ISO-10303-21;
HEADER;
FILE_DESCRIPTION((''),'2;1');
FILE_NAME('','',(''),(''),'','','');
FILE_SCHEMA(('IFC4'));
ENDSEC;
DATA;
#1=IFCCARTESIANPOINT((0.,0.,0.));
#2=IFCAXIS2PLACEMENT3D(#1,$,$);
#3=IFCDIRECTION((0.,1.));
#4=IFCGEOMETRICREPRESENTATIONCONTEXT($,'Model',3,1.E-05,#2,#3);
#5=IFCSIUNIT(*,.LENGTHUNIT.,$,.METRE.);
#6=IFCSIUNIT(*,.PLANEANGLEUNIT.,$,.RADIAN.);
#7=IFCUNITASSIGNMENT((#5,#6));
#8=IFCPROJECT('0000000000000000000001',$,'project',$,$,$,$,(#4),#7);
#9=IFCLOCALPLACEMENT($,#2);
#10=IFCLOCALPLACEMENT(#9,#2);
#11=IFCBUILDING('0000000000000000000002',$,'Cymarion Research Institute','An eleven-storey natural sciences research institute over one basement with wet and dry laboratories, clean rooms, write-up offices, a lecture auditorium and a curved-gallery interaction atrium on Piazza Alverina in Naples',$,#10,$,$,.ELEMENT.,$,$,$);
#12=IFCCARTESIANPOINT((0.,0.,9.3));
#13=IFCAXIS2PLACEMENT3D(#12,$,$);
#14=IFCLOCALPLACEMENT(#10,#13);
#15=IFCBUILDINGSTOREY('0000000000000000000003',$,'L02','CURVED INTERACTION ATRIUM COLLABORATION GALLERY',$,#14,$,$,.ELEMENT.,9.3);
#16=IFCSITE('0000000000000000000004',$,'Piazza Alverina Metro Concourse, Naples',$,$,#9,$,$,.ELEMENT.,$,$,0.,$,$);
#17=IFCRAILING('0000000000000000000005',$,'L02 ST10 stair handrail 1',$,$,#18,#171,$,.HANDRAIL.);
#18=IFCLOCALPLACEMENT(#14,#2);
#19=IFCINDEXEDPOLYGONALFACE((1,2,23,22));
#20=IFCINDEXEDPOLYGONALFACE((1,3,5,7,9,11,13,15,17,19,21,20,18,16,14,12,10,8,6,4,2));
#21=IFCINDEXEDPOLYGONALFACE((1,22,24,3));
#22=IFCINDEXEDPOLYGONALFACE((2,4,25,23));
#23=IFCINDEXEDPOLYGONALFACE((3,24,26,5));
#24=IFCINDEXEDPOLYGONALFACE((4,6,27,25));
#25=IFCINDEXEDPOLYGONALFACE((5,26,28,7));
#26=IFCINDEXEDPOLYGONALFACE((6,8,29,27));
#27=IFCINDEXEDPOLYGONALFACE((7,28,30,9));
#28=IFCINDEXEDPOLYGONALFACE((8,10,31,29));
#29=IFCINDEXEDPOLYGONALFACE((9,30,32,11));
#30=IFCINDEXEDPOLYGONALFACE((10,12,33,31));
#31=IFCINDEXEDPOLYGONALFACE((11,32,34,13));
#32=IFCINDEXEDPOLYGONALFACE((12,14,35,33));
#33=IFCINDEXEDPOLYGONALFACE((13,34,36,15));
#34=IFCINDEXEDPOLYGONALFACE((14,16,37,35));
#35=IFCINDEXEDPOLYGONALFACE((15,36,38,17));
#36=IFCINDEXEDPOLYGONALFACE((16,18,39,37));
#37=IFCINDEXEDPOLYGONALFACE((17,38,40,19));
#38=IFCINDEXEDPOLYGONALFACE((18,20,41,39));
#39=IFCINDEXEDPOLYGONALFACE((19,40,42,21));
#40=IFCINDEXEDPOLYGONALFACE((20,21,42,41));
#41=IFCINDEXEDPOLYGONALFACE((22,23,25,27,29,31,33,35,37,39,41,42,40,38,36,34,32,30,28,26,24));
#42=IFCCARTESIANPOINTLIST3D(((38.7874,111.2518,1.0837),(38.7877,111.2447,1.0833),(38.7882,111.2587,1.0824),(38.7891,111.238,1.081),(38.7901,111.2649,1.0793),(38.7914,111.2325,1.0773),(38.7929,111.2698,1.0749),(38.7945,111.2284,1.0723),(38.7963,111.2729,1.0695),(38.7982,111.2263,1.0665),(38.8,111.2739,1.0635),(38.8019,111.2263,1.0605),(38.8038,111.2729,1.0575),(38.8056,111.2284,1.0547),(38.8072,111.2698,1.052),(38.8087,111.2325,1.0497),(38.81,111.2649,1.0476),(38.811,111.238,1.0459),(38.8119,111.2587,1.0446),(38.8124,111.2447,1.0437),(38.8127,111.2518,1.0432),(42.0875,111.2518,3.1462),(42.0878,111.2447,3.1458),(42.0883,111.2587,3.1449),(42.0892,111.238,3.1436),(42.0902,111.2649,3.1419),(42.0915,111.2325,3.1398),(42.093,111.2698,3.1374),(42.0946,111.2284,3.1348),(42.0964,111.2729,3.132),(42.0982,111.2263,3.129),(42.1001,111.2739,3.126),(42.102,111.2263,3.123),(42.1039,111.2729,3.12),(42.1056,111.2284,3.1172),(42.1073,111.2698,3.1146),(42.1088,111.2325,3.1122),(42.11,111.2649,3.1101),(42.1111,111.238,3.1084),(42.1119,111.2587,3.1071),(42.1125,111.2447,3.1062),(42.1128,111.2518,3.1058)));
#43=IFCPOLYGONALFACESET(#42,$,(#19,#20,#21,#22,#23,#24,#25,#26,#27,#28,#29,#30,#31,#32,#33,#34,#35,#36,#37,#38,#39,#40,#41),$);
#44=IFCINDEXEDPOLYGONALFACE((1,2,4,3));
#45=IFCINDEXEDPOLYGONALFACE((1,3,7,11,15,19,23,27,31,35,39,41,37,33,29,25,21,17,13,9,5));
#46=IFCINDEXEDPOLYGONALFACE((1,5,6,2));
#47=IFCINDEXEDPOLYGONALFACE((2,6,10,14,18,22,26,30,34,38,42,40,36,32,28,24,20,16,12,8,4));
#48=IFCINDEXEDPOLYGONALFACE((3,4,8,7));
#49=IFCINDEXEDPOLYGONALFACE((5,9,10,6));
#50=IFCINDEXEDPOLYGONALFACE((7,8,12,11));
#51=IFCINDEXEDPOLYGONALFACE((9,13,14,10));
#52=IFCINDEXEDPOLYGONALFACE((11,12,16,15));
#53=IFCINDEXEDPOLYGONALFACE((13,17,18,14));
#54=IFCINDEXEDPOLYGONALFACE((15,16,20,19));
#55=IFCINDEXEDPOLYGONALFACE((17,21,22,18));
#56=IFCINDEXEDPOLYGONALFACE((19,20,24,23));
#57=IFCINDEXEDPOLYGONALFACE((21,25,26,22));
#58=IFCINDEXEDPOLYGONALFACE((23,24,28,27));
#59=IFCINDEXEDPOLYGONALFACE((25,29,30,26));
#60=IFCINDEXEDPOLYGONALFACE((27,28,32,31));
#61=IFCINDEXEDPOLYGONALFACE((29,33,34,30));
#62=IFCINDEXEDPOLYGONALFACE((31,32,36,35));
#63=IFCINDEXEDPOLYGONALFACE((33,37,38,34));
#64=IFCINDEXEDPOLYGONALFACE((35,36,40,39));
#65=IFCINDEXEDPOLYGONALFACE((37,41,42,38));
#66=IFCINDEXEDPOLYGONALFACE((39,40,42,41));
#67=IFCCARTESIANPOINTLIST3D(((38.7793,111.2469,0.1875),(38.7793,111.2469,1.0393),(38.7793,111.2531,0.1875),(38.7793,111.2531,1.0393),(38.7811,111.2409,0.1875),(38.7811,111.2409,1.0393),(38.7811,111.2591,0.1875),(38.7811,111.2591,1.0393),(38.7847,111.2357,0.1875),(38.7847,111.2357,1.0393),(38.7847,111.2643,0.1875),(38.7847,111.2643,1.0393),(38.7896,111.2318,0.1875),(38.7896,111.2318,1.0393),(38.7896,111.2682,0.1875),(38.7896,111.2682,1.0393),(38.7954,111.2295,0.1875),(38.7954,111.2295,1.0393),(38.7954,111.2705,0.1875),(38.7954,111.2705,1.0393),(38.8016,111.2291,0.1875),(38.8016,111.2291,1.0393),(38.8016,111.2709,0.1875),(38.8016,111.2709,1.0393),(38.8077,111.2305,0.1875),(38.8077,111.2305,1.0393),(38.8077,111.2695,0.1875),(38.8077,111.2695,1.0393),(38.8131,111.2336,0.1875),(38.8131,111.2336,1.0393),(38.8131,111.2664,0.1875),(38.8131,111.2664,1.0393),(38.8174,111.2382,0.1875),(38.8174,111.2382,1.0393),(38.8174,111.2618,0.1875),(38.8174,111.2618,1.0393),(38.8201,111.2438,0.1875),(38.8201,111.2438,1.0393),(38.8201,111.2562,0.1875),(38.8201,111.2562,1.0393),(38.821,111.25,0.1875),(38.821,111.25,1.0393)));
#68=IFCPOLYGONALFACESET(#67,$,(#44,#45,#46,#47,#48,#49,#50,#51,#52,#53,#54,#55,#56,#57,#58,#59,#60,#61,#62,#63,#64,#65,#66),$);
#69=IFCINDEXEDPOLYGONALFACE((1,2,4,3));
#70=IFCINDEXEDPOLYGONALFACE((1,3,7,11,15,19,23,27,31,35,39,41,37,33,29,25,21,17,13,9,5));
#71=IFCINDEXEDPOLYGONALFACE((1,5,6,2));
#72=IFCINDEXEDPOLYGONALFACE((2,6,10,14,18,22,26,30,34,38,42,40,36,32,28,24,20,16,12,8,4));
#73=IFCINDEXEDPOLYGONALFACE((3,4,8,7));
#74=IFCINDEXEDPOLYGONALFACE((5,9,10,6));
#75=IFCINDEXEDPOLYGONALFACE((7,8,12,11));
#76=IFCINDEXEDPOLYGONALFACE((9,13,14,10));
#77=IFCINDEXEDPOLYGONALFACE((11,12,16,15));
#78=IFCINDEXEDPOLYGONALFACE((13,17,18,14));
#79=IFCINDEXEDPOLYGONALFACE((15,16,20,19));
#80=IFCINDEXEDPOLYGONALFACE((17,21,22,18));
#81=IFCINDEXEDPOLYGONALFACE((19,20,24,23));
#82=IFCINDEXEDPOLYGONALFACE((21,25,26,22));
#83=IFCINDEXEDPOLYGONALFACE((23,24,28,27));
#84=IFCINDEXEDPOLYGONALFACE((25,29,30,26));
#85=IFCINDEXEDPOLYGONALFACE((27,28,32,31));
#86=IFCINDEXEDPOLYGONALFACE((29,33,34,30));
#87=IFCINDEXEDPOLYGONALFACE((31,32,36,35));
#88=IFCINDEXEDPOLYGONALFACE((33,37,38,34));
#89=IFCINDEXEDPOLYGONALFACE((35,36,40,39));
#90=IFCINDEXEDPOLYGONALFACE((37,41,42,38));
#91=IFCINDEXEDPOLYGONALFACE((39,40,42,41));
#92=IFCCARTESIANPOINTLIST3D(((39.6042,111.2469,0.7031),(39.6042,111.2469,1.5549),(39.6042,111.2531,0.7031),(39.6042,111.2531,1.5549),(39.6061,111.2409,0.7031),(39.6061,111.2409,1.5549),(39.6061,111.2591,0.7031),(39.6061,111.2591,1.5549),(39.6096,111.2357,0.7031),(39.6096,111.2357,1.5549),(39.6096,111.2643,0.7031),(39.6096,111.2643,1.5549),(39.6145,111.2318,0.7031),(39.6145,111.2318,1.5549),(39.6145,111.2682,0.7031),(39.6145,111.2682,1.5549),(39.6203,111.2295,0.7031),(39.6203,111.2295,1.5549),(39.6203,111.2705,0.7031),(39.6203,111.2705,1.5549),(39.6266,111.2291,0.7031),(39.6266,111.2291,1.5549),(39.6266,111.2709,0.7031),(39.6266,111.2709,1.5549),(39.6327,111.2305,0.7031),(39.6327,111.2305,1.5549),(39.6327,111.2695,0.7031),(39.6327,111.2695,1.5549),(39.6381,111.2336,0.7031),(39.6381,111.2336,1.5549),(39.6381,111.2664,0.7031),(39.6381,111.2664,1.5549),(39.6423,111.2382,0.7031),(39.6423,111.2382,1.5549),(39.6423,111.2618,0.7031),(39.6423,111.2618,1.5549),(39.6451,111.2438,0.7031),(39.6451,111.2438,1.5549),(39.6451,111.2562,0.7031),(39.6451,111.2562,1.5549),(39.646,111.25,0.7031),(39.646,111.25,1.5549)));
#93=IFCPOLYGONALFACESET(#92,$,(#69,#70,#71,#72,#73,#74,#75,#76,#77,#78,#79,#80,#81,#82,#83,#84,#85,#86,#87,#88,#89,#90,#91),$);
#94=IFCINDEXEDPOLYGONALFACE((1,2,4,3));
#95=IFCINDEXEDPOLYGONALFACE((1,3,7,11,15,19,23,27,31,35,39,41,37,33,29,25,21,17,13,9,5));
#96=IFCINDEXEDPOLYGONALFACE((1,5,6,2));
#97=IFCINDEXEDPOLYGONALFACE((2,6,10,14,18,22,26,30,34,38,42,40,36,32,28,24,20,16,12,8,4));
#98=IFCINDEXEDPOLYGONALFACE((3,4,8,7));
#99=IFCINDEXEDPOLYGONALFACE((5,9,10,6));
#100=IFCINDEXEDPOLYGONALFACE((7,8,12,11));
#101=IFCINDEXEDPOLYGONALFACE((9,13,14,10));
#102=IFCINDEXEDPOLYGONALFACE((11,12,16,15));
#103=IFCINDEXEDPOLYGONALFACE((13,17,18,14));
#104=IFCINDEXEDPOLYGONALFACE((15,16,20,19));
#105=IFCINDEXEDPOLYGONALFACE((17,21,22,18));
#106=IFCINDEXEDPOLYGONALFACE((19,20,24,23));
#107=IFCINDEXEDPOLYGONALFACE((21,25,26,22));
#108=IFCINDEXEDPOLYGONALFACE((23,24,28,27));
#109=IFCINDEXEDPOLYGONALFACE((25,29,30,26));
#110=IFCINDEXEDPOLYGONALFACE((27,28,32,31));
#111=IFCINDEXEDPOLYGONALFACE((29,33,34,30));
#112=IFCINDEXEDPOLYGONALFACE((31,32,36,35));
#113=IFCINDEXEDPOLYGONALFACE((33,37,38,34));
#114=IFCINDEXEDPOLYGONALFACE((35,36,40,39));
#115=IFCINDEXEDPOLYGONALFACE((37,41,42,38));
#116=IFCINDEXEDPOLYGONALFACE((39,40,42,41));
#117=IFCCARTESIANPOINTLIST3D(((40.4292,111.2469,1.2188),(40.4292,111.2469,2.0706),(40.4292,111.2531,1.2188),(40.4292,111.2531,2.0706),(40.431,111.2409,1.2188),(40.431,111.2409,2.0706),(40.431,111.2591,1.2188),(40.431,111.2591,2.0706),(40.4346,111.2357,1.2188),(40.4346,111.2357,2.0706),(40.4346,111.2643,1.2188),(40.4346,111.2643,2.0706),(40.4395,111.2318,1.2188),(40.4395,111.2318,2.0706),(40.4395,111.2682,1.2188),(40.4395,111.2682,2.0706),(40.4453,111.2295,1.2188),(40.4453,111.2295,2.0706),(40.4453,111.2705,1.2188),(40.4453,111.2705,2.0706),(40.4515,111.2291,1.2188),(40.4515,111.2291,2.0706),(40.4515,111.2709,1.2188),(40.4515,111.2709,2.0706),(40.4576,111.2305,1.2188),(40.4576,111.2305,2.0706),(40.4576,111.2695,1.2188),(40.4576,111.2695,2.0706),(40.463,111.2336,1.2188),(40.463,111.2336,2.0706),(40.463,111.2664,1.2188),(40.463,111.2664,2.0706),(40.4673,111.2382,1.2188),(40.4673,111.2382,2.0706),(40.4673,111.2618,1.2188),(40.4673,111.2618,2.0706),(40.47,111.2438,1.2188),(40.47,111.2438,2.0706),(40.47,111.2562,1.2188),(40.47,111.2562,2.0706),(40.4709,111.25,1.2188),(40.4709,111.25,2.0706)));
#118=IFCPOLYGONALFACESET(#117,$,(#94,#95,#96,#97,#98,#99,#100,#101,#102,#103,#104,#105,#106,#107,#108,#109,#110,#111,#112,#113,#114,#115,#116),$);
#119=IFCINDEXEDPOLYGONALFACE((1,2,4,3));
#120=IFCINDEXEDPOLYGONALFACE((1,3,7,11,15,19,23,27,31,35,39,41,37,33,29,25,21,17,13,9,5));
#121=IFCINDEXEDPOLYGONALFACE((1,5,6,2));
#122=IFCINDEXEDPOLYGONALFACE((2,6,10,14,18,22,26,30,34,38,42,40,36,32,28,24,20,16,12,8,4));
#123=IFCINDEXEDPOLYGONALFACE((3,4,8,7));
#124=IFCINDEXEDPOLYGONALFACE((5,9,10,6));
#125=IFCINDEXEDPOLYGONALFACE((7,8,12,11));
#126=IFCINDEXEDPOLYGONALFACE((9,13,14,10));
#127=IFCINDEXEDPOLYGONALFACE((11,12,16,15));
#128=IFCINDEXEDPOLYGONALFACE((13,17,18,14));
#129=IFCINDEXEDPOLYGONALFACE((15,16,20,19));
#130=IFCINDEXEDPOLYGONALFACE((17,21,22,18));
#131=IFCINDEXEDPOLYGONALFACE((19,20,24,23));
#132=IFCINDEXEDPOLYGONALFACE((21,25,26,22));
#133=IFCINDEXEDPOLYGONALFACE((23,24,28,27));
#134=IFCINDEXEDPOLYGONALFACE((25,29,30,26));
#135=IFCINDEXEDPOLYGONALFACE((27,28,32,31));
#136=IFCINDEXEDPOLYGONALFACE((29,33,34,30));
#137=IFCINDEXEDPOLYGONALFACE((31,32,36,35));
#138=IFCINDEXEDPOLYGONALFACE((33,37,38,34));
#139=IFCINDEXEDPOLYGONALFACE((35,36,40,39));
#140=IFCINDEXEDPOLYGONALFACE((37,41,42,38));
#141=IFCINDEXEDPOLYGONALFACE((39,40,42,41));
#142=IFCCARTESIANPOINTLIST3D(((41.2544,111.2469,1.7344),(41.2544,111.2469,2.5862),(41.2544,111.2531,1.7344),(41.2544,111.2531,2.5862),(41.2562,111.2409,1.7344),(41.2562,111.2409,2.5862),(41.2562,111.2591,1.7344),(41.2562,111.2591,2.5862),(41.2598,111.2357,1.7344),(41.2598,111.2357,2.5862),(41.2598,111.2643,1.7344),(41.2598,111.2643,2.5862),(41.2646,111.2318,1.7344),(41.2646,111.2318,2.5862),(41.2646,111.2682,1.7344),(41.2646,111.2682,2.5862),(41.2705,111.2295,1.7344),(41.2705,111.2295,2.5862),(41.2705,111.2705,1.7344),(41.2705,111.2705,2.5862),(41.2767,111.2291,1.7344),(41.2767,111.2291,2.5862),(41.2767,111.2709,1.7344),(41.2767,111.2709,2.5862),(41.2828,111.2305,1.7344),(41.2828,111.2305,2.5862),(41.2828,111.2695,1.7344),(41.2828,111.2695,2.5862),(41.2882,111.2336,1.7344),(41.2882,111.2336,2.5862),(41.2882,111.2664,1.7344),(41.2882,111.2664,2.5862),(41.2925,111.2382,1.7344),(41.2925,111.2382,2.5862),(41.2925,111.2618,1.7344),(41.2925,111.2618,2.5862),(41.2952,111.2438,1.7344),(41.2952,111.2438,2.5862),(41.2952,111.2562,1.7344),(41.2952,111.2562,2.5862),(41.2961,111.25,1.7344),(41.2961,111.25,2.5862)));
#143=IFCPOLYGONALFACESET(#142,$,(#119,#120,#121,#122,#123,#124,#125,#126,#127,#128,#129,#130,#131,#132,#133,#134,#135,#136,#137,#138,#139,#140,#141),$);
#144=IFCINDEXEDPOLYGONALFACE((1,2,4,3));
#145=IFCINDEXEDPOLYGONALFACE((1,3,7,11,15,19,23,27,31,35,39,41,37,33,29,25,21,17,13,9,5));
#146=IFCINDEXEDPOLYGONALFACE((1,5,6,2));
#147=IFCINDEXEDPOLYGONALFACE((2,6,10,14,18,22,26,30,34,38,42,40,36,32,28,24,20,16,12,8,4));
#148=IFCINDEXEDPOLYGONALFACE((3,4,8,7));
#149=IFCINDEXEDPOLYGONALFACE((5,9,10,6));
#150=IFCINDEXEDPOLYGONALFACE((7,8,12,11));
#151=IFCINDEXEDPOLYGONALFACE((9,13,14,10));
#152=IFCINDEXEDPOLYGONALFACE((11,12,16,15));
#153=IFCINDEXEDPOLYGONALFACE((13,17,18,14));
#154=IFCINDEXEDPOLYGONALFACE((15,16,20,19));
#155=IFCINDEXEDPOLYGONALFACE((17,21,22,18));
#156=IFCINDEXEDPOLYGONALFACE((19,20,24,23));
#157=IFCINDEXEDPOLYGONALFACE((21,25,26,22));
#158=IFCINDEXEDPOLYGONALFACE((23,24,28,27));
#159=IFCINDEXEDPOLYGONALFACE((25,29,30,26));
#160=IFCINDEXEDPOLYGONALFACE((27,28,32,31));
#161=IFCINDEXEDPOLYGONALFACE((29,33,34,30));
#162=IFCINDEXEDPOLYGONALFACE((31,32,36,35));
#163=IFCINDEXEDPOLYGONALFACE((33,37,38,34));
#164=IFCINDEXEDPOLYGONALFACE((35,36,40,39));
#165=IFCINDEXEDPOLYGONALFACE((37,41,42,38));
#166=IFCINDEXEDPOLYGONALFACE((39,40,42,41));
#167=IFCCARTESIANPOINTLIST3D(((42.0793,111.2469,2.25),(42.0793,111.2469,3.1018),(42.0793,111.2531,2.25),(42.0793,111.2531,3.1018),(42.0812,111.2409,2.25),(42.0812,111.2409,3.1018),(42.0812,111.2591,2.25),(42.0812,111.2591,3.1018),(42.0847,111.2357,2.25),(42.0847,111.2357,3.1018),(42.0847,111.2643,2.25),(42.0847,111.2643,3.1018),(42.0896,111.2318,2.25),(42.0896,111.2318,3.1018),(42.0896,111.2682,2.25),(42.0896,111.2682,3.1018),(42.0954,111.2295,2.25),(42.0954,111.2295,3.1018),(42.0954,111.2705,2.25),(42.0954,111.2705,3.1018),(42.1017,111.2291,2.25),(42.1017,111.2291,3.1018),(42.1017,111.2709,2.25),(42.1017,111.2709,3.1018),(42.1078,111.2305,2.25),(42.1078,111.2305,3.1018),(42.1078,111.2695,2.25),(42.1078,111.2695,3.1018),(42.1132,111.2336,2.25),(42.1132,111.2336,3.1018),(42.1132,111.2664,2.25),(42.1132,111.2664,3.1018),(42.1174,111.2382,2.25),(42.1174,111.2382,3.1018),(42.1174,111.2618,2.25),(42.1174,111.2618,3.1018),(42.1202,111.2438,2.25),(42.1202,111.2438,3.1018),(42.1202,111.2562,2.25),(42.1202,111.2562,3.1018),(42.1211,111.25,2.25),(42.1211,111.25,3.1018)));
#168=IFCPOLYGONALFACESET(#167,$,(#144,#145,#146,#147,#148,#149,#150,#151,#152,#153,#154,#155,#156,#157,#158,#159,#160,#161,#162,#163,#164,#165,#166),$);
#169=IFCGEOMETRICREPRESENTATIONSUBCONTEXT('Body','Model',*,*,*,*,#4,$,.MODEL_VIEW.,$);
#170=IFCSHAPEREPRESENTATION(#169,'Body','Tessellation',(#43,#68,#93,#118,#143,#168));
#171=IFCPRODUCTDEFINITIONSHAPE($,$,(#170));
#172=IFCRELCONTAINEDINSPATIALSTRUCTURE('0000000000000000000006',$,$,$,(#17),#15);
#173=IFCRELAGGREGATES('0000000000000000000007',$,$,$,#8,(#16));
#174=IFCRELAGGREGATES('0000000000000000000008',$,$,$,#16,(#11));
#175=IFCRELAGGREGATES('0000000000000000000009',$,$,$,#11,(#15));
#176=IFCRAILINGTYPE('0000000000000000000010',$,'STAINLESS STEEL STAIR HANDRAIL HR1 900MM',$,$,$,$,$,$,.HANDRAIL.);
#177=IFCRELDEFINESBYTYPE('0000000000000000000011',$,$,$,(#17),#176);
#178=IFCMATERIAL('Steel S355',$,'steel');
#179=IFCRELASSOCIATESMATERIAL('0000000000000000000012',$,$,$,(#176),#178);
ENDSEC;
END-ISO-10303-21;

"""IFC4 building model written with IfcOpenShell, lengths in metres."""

from ifc_helpers import new_model, si_unit, direction, frame, origin, origin_2d, place, context, subcontext, project, spatial, circle, extrude, material, type_object, element, save


model = new_model("IFC4")

# Units and contexts
model_context = context("Model", 3, precision=1e-05, world=origin(), true_north=direction((0.0, 1.0)))
body_context = subcontext(model_context, "Body", "Model", "MODEL_VIEW")
ifc_project = project(units=[si_unit("LENGTHUNIT", "METRE"), si_unit("PLANEANGLEUNIT", "RADIAN")], contexts=[model_context])

# Site, building, storey
site_placement = place(None, origin())
site = spatial("IfcSite", under=ifc_project, at=site_placement, Name="Piazza Alverina Metro Concourse, Naples", CompositionType="ELEMENT", RefElevation=0.0)
building_placement = place(site_placement, origin())
building = spatial("IfcBuilding", under=site, at=building_placement, Name="Cymarion Research Institute", Description="An eleven-storey natural sciences research institute over one basement with wet and dry laboratories, clean rooms, write-up offices, a lecture auditorium and a curved-gallery interaction atrium on Piazza Alverina in Naples", CompositionType="ELEMENT")
storey_placement = place(building_placement, frame((0.0, 0.0, 9.3)))
storey = spatial("IfcBuildingStorey", under=building, at=storey_placement, Name="L02", Description="CURVED INTERACTION ATRIUM COLLABORATION GALLERY", CompositionType="ELEMENT", Elevation=9.3)

# Shared definitions
ifc_material_1 = material(Name="Steel S355", Category="steel")

# Railing
railing_type_1 = type_object("IfcRailingType", Name="STAINLESS STEEL STAIR HANDRAIL HR1 900MM", PredefinedType="HANDRAIL", material=ifc_material_1)
railing_1_placement = place(storey_placement, frame((38.8, 111.25, 0.1875)))
element("IfcRailing", 1, at=railing_1_placement, inside=storey, type_object=railing_type_1, Name="L02 ST10 stair handrail 1", PredefinedType="HANDRAIL", context=body_context, shape_type="SweptSolid", body=[
    extrude(circle(Radius=0.0239, at=origin_2d()), frame((0.0, 0.0, 0.876), z_axis=(0.848002, 0.0, 0.529993), x_axis=(0.0, 1.0, 0.0)), (0.0, 0.0, 1.0), 3.8916),
    extrude(circle(Radius=0.021, at=origin_2d()), origin(), (0.0, 0.0, 1.0), 0.8518),
    extrude(circle(Radius=0.021, at=origin_2d()), frame((0.825, 0.0, 0.5156)), (0.0, 0.0, 1.0), 0.8518),
    extrude(circle(Radius=0.021, at=origin_2d()), frame((1.6499, 0.0, 1.0312)), (0.0, 0.0, 1.0), 0.8518),
    extrude(circle(Radius=0.021, at=origin_2d()), frame((2.4751, 0.0, 1.5469)), (0.0, 0.0, 1.0), 0.8518),
    extrude(circle(Radius=0.021, at=origin_2d()), frame((3.3, 0.0, 2.0625)), (0.0, 0.0, 1.0), 0.8518),
])

save(model, "model.ifc")
